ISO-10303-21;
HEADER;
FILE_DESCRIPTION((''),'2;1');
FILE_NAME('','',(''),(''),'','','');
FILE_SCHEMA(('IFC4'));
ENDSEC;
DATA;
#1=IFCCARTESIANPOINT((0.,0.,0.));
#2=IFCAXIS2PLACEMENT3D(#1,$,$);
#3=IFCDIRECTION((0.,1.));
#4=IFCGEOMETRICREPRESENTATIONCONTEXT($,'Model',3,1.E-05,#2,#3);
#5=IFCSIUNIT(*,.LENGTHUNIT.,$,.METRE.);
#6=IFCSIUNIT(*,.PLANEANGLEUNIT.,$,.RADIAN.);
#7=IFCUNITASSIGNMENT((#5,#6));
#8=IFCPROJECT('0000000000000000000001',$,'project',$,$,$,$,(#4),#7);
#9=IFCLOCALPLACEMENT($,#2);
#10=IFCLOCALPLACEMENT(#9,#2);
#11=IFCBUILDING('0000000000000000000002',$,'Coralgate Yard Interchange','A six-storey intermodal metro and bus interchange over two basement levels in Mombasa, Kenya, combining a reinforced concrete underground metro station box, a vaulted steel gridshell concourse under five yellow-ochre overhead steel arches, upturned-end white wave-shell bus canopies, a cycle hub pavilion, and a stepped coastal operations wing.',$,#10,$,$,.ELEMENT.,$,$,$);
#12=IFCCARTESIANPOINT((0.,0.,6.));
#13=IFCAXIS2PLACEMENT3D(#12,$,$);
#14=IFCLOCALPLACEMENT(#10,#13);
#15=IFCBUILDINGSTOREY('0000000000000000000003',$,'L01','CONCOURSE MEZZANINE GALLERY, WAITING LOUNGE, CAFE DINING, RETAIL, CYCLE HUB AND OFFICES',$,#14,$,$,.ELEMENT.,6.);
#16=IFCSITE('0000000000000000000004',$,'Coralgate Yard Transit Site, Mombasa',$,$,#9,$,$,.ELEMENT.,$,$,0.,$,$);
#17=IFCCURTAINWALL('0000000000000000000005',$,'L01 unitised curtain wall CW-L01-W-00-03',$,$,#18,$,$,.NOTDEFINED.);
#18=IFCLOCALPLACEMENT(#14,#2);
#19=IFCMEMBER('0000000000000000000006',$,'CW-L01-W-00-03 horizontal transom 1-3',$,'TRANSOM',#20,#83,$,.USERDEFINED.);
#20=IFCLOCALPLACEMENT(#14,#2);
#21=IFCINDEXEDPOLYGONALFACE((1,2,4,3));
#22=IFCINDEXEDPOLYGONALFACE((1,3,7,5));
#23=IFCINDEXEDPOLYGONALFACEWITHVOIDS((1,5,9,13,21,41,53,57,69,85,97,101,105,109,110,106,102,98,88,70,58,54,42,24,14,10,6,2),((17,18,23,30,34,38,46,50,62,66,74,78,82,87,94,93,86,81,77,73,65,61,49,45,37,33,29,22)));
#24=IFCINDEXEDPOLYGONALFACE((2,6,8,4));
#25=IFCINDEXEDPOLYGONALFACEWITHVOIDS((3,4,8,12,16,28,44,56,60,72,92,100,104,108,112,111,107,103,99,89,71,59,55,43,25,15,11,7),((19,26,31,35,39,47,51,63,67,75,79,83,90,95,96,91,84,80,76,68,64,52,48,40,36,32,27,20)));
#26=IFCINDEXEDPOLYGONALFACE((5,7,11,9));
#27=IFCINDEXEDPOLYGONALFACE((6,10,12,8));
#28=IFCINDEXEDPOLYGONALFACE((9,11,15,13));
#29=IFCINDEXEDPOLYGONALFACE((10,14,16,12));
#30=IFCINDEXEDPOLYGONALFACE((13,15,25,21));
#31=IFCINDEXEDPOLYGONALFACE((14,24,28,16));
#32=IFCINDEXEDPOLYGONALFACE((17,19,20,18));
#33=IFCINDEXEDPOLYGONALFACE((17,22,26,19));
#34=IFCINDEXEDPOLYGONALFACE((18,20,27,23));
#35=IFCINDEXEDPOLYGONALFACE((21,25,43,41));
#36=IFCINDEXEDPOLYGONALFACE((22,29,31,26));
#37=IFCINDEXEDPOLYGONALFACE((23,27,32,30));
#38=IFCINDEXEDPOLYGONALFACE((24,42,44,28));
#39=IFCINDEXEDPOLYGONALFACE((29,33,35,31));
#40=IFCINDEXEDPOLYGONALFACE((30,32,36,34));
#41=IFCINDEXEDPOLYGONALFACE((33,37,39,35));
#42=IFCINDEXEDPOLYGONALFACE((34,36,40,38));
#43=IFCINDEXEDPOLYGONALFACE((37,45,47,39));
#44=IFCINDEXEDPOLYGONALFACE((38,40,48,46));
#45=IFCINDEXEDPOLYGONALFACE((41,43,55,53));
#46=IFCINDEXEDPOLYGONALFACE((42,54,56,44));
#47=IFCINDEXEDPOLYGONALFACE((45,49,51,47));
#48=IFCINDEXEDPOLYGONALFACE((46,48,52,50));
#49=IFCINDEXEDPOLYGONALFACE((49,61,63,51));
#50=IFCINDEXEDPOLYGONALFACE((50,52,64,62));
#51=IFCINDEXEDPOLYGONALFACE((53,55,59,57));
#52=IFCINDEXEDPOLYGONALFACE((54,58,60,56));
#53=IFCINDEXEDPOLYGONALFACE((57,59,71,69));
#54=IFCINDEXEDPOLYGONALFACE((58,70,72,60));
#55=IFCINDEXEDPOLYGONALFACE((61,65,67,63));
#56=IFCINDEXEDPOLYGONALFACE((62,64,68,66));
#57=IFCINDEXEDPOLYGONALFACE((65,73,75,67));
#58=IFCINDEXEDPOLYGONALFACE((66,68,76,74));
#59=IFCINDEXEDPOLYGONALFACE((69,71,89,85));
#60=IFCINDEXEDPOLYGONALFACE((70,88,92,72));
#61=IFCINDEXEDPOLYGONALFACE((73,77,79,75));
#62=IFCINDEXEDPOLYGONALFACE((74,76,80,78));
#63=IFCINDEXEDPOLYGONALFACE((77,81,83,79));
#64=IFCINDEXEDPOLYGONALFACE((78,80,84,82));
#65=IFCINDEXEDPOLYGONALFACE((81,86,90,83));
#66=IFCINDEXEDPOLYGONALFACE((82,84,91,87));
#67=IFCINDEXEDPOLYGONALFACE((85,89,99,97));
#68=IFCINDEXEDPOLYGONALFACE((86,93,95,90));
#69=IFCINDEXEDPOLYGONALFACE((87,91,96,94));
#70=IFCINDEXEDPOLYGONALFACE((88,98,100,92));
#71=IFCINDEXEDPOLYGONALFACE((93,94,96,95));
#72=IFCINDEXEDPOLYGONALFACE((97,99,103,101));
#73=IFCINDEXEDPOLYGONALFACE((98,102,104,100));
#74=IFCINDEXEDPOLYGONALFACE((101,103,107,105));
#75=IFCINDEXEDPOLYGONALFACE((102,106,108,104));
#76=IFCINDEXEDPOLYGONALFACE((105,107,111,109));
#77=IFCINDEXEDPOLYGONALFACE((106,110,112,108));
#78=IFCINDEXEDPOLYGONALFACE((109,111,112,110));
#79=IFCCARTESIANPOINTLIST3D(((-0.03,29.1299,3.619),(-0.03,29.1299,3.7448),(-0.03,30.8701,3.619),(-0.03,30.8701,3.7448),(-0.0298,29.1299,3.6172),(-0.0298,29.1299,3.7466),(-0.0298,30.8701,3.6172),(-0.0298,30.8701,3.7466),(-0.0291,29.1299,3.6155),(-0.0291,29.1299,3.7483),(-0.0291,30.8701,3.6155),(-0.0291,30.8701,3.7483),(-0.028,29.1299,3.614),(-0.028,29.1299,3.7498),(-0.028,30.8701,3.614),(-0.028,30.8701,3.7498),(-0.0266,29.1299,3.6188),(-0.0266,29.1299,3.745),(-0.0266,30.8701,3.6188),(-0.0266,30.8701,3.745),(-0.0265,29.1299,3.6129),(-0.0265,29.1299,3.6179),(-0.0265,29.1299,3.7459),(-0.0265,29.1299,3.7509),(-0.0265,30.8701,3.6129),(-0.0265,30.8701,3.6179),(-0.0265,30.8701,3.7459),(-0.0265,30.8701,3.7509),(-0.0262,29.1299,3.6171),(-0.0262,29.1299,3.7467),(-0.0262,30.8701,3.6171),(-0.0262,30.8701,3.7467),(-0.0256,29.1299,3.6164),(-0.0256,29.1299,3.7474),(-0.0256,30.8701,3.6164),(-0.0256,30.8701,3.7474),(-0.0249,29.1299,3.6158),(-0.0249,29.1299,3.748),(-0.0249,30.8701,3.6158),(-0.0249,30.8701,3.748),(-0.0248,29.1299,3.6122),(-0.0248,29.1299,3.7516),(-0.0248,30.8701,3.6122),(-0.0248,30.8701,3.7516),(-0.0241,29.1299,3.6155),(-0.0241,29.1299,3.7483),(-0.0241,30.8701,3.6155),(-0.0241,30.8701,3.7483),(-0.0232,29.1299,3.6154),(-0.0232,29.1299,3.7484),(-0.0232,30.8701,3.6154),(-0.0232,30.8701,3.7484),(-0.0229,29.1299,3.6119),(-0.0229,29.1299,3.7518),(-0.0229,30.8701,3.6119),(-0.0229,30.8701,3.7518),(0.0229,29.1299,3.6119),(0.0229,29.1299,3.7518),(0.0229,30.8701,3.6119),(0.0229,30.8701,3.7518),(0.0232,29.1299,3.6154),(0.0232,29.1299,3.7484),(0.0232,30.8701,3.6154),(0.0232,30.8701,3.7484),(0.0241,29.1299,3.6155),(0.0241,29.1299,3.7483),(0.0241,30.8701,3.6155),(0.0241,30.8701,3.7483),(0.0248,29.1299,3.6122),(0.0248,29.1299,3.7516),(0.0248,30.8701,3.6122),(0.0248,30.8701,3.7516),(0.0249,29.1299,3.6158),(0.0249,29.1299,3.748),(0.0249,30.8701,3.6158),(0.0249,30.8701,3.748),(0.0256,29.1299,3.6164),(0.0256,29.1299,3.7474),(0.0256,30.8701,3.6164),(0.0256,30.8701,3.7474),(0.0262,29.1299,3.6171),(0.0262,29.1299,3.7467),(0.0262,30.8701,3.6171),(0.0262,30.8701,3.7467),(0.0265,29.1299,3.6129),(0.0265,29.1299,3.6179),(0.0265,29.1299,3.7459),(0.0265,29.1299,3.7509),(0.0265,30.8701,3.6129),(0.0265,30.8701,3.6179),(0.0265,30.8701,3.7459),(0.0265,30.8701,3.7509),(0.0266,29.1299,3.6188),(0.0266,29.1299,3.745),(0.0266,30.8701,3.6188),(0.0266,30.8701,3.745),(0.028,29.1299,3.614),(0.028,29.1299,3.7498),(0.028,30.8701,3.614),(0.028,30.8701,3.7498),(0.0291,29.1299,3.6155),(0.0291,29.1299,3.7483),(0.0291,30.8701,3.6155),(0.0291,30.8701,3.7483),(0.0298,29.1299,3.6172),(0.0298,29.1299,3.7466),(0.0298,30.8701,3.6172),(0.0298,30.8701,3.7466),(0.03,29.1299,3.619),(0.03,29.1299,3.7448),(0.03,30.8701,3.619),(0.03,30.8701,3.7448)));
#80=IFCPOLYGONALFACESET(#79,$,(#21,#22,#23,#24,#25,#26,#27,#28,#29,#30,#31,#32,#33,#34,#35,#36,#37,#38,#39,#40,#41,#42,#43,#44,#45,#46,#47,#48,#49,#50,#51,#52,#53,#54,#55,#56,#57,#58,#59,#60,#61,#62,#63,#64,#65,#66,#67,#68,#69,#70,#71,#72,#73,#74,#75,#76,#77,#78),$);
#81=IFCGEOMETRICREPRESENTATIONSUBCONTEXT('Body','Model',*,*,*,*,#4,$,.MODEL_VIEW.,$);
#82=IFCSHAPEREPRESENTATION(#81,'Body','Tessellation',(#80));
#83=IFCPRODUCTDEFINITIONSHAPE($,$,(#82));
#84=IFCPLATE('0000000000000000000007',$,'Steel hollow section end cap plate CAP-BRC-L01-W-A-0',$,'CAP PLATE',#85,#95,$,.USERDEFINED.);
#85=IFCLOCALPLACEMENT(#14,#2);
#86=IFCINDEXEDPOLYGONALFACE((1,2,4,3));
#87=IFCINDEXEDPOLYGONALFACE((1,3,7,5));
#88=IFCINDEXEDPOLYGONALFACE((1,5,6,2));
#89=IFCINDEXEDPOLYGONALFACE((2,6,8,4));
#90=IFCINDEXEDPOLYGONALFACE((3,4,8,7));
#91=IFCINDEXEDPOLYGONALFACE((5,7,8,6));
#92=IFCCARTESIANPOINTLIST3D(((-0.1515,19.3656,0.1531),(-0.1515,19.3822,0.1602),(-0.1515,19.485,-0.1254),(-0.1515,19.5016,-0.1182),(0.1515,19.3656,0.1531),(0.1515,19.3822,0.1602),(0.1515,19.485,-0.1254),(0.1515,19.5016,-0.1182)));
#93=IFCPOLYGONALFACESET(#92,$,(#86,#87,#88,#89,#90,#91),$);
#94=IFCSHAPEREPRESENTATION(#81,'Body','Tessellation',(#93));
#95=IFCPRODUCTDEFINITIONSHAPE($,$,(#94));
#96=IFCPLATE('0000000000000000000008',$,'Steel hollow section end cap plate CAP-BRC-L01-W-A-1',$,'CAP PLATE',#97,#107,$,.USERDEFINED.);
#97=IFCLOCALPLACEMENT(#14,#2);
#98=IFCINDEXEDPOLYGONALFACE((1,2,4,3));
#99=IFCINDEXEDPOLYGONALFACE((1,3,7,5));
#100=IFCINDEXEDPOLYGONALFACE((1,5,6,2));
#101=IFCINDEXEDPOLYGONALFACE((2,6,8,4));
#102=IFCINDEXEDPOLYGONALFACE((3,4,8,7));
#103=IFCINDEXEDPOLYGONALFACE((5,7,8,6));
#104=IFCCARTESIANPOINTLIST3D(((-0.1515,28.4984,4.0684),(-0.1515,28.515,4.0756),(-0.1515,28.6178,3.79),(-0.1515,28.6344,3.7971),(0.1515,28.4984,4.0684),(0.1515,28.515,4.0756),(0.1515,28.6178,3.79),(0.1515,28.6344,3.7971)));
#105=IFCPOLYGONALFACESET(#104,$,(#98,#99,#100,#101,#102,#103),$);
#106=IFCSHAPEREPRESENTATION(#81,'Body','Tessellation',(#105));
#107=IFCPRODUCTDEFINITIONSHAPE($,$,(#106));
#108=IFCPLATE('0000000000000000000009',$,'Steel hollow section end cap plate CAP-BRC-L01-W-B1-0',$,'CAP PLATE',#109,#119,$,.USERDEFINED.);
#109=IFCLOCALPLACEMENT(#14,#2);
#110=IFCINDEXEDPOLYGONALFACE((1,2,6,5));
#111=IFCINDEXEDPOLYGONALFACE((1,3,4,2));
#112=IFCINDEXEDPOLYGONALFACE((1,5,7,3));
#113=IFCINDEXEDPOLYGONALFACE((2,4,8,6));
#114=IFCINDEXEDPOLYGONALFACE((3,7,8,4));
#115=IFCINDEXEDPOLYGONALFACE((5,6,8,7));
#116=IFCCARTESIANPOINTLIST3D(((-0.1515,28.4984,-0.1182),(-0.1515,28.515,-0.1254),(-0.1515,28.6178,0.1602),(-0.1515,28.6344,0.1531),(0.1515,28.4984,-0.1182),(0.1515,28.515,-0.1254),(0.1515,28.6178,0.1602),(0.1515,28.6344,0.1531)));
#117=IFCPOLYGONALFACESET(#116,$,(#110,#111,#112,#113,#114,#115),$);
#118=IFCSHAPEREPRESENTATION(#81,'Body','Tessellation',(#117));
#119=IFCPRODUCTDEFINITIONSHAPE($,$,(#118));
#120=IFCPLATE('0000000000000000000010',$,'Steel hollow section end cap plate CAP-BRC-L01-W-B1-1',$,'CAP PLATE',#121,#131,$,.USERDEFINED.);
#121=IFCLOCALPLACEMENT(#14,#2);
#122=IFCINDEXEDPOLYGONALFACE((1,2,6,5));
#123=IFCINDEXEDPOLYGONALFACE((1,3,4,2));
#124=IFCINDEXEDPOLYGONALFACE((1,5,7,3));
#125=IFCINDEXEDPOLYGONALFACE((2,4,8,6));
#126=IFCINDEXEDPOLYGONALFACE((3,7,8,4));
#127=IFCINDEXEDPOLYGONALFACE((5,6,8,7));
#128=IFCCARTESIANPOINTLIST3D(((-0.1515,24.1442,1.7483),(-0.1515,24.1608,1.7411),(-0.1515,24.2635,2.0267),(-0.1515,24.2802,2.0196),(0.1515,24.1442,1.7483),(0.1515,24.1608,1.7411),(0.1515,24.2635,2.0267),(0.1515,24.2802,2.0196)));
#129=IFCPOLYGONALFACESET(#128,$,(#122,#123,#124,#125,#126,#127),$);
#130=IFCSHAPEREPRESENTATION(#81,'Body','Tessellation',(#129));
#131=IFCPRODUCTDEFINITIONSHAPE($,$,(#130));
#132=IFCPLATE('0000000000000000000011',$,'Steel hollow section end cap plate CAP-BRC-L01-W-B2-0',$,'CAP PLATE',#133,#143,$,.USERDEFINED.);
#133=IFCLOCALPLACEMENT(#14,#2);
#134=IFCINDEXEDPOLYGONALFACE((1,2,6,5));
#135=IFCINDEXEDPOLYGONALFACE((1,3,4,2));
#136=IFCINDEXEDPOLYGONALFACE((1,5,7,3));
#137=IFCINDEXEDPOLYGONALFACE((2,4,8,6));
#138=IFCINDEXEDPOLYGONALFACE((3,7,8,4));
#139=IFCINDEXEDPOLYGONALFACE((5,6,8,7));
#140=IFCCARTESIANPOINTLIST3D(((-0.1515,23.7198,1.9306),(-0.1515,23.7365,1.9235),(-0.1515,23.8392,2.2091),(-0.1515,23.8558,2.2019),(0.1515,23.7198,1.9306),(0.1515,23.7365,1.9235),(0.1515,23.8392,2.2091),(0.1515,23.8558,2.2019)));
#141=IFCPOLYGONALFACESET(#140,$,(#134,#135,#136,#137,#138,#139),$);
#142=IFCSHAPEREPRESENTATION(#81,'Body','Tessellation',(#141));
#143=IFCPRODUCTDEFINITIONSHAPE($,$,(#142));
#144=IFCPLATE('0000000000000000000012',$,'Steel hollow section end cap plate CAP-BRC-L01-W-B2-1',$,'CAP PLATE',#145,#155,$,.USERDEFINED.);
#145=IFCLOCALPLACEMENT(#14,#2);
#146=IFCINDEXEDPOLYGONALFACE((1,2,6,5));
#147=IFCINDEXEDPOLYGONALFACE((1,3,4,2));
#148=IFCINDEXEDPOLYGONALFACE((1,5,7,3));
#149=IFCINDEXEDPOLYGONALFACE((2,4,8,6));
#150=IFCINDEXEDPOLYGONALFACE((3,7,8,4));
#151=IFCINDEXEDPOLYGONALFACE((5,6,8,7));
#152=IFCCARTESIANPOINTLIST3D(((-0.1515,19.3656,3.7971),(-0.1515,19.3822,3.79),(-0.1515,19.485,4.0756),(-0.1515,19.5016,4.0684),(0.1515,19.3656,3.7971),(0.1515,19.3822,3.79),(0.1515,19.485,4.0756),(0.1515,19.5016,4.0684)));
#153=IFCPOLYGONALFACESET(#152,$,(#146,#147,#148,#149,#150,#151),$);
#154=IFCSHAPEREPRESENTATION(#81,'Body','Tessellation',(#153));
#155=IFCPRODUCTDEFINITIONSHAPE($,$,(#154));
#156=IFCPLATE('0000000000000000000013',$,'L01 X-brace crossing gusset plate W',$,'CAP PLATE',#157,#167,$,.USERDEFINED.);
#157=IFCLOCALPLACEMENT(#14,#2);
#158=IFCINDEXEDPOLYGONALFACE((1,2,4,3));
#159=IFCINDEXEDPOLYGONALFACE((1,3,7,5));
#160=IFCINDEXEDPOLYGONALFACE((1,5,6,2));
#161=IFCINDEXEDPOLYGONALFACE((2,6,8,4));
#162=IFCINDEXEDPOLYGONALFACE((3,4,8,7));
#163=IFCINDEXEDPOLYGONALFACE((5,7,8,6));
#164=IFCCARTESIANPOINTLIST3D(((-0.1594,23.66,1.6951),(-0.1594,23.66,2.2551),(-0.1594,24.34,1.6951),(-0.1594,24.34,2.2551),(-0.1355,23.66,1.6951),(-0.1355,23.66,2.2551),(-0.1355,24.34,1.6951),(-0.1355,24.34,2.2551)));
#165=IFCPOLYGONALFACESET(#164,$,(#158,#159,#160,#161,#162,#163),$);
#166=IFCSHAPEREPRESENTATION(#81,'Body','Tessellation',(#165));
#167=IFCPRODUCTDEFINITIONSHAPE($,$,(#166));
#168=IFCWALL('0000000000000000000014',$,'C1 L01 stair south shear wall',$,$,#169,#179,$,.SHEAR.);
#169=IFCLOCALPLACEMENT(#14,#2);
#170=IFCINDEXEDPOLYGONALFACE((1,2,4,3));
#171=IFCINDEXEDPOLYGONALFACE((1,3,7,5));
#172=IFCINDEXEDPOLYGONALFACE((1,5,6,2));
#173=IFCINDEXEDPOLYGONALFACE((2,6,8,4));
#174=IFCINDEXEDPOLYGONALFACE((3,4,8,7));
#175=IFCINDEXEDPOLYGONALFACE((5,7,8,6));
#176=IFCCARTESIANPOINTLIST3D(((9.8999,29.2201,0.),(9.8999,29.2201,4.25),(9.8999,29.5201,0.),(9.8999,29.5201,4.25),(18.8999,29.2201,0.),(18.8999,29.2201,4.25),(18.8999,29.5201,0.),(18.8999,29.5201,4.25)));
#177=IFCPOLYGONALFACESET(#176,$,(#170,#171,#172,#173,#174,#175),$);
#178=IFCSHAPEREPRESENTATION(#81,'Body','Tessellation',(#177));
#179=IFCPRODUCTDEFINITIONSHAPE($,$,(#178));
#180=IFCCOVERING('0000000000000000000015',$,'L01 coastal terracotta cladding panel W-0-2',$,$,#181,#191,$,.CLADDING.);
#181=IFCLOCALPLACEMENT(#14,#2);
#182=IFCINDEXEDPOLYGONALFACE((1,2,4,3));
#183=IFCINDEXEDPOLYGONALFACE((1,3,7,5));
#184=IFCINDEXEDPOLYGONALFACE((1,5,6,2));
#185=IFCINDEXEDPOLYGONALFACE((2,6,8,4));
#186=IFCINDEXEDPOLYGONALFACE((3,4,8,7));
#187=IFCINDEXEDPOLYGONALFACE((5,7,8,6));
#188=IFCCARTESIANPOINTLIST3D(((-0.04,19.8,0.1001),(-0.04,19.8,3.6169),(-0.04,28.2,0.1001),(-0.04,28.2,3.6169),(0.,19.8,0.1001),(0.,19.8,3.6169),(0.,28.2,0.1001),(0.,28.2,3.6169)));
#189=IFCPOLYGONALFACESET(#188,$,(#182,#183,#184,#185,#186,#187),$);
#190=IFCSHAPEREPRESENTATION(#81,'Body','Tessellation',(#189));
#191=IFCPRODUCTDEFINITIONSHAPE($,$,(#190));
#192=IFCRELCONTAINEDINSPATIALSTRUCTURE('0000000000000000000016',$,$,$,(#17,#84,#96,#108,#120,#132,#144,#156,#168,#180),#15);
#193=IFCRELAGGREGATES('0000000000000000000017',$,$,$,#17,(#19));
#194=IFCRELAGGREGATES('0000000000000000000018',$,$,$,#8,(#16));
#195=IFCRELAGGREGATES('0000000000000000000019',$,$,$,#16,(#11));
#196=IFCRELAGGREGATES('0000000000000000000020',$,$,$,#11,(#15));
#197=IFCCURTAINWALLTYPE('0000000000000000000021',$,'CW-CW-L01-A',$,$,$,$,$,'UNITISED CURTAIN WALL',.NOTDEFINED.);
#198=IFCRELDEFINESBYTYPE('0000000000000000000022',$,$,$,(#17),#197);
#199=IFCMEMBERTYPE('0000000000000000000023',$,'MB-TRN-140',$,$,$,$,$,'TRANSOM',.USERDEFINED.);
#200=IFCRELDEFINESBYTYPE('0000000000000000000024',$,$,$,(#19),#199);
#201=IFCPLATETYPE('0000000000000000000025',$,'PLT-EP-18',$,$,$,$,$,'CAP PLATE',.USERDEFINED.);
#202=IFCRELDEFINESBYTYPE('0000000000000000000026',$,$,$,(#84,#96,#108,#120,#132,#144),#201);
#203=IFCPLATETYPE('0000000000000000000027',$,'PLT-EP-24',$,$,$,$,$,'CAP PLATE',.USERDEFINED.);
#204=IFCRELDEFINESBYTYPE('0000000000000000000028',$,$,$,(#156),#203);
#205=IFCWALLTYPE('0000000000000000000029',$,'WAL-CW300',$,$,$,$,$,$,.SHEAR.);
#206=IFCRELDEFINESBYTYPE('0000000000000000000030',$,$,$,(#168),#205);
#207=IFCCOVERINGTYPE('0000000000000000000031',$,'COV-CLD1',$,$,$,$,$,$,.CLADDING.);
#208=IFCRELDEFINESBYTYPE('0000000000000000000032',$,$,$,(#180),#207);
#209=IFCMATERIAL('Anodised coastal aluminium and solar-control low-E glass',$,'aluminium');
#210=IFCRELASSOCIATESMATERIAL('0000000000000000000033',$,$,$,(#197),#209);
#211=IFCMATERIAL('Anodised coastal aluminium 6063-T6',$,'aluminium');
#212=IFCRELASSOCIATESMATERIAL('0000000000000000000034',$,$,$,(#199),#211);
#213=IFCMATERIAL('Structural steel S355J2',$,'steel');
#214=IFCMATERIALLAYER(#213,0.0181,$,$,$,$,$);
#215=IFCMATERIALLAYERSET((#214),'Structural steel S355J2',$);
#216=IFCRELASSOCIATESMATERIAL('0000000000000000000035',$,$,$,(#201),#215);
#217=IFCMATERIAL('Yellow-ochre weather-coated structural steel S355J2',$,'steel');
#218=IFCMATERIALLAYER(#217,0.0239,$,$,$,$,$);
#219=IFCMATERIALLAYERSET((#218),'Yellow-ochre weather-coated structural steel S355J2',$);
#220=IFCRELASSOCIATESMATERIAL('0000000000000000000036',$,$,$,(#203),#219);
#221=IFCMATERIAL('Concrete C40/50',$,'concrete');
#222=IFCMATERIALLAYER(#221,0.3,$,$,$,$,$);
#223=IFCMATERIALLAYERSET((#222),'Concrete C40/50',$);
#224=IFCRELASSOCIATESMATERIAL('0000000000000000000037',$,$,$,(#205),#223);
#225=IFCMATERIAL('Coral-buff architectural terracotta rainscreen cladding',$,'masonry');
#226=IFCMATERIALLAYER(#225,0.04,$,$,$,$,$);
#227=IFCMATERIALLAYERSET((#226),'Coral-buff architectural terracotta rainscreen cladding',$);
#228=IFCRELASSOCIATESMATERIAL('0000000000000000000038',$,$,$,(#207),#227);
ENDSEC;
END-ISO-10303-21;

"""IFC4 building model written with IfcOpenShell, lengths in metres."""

from ifc_helpers import new_model, si_unit, direction, frame, frame_2d, origin, origin_2d, place, context, subcontext, project, spatial, rectangle, hollow_rectangle, extrude, material, layer, layer_set, material_profile, profile_set, type_object, element, aggregate, save


model = new_model("IFC4")

# Units and contexts
model_context = context("Model", 3, precision=1e-05, world=origin(), true_north=direction((0.0, 1.0)))
body_context = subcontext(model_context, "Body", "Model", "MODEL_VIEW")
ifc_project = project(units=[si_unit("LENGTHUNIT", "METRE"), si_unit("PLANEANGLEUNIT", "RADIAN")], contexts=[model_context])

# Site, building, storey
site_placement = place(None, origin())
site = spatial("IfcSite", under=ifc_project, at=site_placement, Name="Coralgate Yard Transit Site, Mombasa", CompositionType="ELEMENT", RefElevation=0.0)
building_placement = place(site_placement, origin())
building = spatial("IfcBuilding", under=site, at=building_placement, Name="Coralgate Yard Interchange", Description="A six-storey intermodal metro and bus interchange over two basement levels in Mombasa, Kenya, combining a reinforced concrete underground metro station box, a vaulted steel gridshell concourse under five yellow-ochre overhead steel arches, upturned-end white wave-shell bus canopies, a cycle hub pavilion, and a stepped coastal operations wing.", CompositionType="ELEMENT")
storey_placement = place(building_placement, frame((0.0, 0.0, 6.0)))
storey = spatial("IfcBuildingStorey", under=building, at=storey_placement, Name="L01", Description="CONCOURSE MEZZANINE GALLERY, WAITING LOUNGE, CAFE DINING, RETAIL, CYCLE HUB AND OFFICES", CompositionType="ELEMENT", Elevation=6.0)

# Shared definitions
ifc_material_1 = material(Name="Structural steel S355J2", Category="steel")

# Curtain wall, member
ifc_material_2 = material(Name="Anodised coastal aluminium and solar-control low-E glass", Category="aluminium")
curtain_wall_type = type_object("IfcCurtainWallType", Name="CW-CW-L01-A", ElementType="UNITISED CURTAIN WALL", PredefinedType="NOTDEFINED", material=ifc_material_2)
curtain_wall_placement = place(storey_placement, origin())
curtain_wall = element("IfcCurtainWall", 1, at=curtain_wall_placement, inside=storey, type_object=curtain_wall_type, Name="L01 unitised curtain wall CW-L01-W-00-03", PredefinedType="NOTDEFINED")
ifc_material_3 = material(Name="Anodised coastal aluminium 6063-T6", Category="aluminium")
ifc_material_profile_1 = material_profile(ifc_material_3, hollow_rectangle(XDim=0.0601, YDim=0.1399, WallThickness=0.0034, InnerFilletRadius=0.0034, OuterFilletRadius=0.0071, at=origin_2d()), Name="ALU 60x140x3.5")
ifc_profile_set_1 = profile_set([ifc_material_profile_1], Name="Anodised coastal aluminium 6063-T6")
member_type_1 = type_object("IfcMemberType", Name="MB-TRN-140", ElementType="TRANSOM", PredefinedType="USERDEFINED", material=ifc_profile_set_1)
member_1_placement = place(storey_placement, frame((0.0, 29.1299, 3.6819), z_axis=(0.0, 1.0, 0.0), x_axis=(-1.0, 0.0, 0.0)))
member_1 = element("IfcMember", 2, at=member_1_placement, type_object=member_type_1, Name="CW-L01-W-00-03 horizontal transom 1-3", ObjectType="TRANSOM", PredefinedType="USERDEFINED", context=body_context, shape_type="SweptSolid", body=[
    extrude(hollow_rectangle(XDim=0.0601, YDim=0.1399, WallThickness=0.0034, InnerFilletRadius=0.0034, OuterFilletRadius=0.0071, at=origin_2d()), origin(), (0.0, 0.0, 1.0), 1.7402),
])
aggregate(curtain_wall, [member_1])

# Plates
ifc_layer_1 = layer(ifc_material_1, 0.0181)
ifc_layer_set_1 = layer_set([ifc_layer_1], Name="Structural steel S355J2")
plate_type_1 = type_object("IfcPlateType", Name="PLT-EP-18", ElementType="CAP PLATE", PredefinedType="USERDEFINED", material=ifc_layer_set_1)
for number, where, z_axis, x_axis, name in (
    (3, (0.0, 19.4419, 0.021), (0.0, -0.919093, -0.394041), (1.0, 0.0, 0.0), "Steel hollow section end cap plate CAP-BRC-L01-W-A-0"),
    (4, (0.0, 28.5581, 3.9292), (0.0, 0.919093, 0.394041), (-1.0, 0.0, 0.0), "Steel hollow section end cap plate CAP-BRC-L01-W-A-1"),
    (5, (0.0, 28.5581, 0.021), (0.0, 0.919093, -0.394041), (-1.0, 0.0, 0.0), "Steel hollow section end cap plate CAP-BRC-L01-W-B1-0"),
    (6, (0.0, 24.2205, 1.8804), (0.0, -0.919093, 0.394041), (1.0, 0.0, 0.0), "Steel hollow section end cap plate CAP-BRC-L01-W-B1-1"),
    (7, (0.0, 23.7795, 2.0698), (0.0, 0.919093, -0.394041), (-1.0, 0.0, 0.0), "Steel hollow section end cap plate CAP-BRC-L01-W-B2-0"),
    (8, (0.0, 19.4419, 3.9292), (0.0, -0.919093, 0.394041), (1.0, 0.0, 0.0), "Steel hollow section end cap plate CAP-BRC-L01-W-B2-1"),
):
    element("IfcPlate", number, at=place(storey_placement, frame(where, z_axis=z_axis, x_axis=x_axis)), inside=storey, type_object=plate_type_1, Name=name, ObjectType="CAP PLATE", PredefinedType="USERDEFINED", context=body_context, shape_type="SweptSolid", body=[
        extrude(rectangle(XDim=0.303, YDim=0.303, at=origin_2d()), origin(), (0.0, 0.0, 1.0), 0.0181),
    ])
ifc_material_4 = material(Name="Yellow-ochre weather-coated structural steel S355J2", Category="steel")
ifc_layer_2 = layer(ifc_material_4, 0.0239)
ifc_layer_set_2 = layer_set([ifc_layer_2], Name="Yellow-ochre weather-coated structural steel S355J2")
plate_type_2 = type_object("IfcPlateType", Name="PLT-EP-24", ElementType="CAP PLATE", PredefinedType="USERDEFINED", material=ifc_layer_set_2)
plate_placement = place(storey_placement, frame((-0.1475, 24.0, 1.6951), z_axis=(0.0, 0.0, 1.0), x_axis=(0.0, 1.0, 0.0)))
element("IfcPlate", 9, at=plate_placement, inside=storey, type_object=plate_type_2, Name="L01 X-brace crossing gusset plate W", ObjectType="CAP PLATE", PredefinedType="USERDEFINED", context=body_context, shape_type="SweptSolid", body=[
    extrude(rectangle(XDim=0.6799, YDim=0.0239, at=origin_2d()), origin(), (0.0, 0.0, 1.0), 0.5601),
])

# Wall
ifc_material_5 = material(Name="Concrete C40/50", Category="concrete")
ifc_layer_3 = layer(ifc_material_5, 0.3)
ifc_layer_set_3 = layer_set([ifc_layer_3], Name="Concrete C40/50")
wall_type = type_object("IfcWallType", Name="WAL-CW300", PredefinedType="SHEAR", material=ifc_layer_set_3)
wall_placement = place(storey_placement, frame((9.8999, 29.3701, 0.0), z_axis=(0.0, 0.0, 1.0), x_axis=(1.0, 0.0, 0.0)))
element("IfcWall", 10, at=wall_placement, inside=storey, type_object=wall_type, Name="C1 L01 stair south shear wall", PredefinedType="SHEAR", context=body_context, shape_type="SweptSolid", body=[
    extrude(rectangle(XDim=9.0, YDim=0.3, at=frame_2d((4.5, 0.0))), origin(), (0.0, 0.0, 1.0), 4.25),
])

# Covering
ifc_material_6 = material(Name="Coral-buff architectural terracotta rainscreen cladding", Category="masonry")
ifc_layer_4 = layer(ifc_material_6, 0.04)
ifc_layer_set_4 = layer_set([ifc_layer_4], Name="Coral-buff architectural terracotta rainscreen cladding")
covering_type = type_object("IfcCoveringType", Name="COV-CLD1", PredefinedType="CLADDING", material=ifc_layer_set_4)
covering_placement = place(storey_placement, frame((-0.02, 24.0, 0.1001), z_axis=(0.0, 0.0, 1.0), x_axis=(0.0, 1.0, 0.0)))
element("IfcCovering", 11, at=covering_placement, inside=storey, type_object=covering_type, Name="L01 coastal terracotta cladding panel W-0-2", PredefinedType="CLADDING", context=body_context, shape_type="SweptSolid", body=[
    extrude(rectangle(XDim=8.3999, YDim=0.04, at=origin_2d()), origin(), (0.0, 0.0, 1.0), 3.5168),
])

save(model, "model.ifc")
